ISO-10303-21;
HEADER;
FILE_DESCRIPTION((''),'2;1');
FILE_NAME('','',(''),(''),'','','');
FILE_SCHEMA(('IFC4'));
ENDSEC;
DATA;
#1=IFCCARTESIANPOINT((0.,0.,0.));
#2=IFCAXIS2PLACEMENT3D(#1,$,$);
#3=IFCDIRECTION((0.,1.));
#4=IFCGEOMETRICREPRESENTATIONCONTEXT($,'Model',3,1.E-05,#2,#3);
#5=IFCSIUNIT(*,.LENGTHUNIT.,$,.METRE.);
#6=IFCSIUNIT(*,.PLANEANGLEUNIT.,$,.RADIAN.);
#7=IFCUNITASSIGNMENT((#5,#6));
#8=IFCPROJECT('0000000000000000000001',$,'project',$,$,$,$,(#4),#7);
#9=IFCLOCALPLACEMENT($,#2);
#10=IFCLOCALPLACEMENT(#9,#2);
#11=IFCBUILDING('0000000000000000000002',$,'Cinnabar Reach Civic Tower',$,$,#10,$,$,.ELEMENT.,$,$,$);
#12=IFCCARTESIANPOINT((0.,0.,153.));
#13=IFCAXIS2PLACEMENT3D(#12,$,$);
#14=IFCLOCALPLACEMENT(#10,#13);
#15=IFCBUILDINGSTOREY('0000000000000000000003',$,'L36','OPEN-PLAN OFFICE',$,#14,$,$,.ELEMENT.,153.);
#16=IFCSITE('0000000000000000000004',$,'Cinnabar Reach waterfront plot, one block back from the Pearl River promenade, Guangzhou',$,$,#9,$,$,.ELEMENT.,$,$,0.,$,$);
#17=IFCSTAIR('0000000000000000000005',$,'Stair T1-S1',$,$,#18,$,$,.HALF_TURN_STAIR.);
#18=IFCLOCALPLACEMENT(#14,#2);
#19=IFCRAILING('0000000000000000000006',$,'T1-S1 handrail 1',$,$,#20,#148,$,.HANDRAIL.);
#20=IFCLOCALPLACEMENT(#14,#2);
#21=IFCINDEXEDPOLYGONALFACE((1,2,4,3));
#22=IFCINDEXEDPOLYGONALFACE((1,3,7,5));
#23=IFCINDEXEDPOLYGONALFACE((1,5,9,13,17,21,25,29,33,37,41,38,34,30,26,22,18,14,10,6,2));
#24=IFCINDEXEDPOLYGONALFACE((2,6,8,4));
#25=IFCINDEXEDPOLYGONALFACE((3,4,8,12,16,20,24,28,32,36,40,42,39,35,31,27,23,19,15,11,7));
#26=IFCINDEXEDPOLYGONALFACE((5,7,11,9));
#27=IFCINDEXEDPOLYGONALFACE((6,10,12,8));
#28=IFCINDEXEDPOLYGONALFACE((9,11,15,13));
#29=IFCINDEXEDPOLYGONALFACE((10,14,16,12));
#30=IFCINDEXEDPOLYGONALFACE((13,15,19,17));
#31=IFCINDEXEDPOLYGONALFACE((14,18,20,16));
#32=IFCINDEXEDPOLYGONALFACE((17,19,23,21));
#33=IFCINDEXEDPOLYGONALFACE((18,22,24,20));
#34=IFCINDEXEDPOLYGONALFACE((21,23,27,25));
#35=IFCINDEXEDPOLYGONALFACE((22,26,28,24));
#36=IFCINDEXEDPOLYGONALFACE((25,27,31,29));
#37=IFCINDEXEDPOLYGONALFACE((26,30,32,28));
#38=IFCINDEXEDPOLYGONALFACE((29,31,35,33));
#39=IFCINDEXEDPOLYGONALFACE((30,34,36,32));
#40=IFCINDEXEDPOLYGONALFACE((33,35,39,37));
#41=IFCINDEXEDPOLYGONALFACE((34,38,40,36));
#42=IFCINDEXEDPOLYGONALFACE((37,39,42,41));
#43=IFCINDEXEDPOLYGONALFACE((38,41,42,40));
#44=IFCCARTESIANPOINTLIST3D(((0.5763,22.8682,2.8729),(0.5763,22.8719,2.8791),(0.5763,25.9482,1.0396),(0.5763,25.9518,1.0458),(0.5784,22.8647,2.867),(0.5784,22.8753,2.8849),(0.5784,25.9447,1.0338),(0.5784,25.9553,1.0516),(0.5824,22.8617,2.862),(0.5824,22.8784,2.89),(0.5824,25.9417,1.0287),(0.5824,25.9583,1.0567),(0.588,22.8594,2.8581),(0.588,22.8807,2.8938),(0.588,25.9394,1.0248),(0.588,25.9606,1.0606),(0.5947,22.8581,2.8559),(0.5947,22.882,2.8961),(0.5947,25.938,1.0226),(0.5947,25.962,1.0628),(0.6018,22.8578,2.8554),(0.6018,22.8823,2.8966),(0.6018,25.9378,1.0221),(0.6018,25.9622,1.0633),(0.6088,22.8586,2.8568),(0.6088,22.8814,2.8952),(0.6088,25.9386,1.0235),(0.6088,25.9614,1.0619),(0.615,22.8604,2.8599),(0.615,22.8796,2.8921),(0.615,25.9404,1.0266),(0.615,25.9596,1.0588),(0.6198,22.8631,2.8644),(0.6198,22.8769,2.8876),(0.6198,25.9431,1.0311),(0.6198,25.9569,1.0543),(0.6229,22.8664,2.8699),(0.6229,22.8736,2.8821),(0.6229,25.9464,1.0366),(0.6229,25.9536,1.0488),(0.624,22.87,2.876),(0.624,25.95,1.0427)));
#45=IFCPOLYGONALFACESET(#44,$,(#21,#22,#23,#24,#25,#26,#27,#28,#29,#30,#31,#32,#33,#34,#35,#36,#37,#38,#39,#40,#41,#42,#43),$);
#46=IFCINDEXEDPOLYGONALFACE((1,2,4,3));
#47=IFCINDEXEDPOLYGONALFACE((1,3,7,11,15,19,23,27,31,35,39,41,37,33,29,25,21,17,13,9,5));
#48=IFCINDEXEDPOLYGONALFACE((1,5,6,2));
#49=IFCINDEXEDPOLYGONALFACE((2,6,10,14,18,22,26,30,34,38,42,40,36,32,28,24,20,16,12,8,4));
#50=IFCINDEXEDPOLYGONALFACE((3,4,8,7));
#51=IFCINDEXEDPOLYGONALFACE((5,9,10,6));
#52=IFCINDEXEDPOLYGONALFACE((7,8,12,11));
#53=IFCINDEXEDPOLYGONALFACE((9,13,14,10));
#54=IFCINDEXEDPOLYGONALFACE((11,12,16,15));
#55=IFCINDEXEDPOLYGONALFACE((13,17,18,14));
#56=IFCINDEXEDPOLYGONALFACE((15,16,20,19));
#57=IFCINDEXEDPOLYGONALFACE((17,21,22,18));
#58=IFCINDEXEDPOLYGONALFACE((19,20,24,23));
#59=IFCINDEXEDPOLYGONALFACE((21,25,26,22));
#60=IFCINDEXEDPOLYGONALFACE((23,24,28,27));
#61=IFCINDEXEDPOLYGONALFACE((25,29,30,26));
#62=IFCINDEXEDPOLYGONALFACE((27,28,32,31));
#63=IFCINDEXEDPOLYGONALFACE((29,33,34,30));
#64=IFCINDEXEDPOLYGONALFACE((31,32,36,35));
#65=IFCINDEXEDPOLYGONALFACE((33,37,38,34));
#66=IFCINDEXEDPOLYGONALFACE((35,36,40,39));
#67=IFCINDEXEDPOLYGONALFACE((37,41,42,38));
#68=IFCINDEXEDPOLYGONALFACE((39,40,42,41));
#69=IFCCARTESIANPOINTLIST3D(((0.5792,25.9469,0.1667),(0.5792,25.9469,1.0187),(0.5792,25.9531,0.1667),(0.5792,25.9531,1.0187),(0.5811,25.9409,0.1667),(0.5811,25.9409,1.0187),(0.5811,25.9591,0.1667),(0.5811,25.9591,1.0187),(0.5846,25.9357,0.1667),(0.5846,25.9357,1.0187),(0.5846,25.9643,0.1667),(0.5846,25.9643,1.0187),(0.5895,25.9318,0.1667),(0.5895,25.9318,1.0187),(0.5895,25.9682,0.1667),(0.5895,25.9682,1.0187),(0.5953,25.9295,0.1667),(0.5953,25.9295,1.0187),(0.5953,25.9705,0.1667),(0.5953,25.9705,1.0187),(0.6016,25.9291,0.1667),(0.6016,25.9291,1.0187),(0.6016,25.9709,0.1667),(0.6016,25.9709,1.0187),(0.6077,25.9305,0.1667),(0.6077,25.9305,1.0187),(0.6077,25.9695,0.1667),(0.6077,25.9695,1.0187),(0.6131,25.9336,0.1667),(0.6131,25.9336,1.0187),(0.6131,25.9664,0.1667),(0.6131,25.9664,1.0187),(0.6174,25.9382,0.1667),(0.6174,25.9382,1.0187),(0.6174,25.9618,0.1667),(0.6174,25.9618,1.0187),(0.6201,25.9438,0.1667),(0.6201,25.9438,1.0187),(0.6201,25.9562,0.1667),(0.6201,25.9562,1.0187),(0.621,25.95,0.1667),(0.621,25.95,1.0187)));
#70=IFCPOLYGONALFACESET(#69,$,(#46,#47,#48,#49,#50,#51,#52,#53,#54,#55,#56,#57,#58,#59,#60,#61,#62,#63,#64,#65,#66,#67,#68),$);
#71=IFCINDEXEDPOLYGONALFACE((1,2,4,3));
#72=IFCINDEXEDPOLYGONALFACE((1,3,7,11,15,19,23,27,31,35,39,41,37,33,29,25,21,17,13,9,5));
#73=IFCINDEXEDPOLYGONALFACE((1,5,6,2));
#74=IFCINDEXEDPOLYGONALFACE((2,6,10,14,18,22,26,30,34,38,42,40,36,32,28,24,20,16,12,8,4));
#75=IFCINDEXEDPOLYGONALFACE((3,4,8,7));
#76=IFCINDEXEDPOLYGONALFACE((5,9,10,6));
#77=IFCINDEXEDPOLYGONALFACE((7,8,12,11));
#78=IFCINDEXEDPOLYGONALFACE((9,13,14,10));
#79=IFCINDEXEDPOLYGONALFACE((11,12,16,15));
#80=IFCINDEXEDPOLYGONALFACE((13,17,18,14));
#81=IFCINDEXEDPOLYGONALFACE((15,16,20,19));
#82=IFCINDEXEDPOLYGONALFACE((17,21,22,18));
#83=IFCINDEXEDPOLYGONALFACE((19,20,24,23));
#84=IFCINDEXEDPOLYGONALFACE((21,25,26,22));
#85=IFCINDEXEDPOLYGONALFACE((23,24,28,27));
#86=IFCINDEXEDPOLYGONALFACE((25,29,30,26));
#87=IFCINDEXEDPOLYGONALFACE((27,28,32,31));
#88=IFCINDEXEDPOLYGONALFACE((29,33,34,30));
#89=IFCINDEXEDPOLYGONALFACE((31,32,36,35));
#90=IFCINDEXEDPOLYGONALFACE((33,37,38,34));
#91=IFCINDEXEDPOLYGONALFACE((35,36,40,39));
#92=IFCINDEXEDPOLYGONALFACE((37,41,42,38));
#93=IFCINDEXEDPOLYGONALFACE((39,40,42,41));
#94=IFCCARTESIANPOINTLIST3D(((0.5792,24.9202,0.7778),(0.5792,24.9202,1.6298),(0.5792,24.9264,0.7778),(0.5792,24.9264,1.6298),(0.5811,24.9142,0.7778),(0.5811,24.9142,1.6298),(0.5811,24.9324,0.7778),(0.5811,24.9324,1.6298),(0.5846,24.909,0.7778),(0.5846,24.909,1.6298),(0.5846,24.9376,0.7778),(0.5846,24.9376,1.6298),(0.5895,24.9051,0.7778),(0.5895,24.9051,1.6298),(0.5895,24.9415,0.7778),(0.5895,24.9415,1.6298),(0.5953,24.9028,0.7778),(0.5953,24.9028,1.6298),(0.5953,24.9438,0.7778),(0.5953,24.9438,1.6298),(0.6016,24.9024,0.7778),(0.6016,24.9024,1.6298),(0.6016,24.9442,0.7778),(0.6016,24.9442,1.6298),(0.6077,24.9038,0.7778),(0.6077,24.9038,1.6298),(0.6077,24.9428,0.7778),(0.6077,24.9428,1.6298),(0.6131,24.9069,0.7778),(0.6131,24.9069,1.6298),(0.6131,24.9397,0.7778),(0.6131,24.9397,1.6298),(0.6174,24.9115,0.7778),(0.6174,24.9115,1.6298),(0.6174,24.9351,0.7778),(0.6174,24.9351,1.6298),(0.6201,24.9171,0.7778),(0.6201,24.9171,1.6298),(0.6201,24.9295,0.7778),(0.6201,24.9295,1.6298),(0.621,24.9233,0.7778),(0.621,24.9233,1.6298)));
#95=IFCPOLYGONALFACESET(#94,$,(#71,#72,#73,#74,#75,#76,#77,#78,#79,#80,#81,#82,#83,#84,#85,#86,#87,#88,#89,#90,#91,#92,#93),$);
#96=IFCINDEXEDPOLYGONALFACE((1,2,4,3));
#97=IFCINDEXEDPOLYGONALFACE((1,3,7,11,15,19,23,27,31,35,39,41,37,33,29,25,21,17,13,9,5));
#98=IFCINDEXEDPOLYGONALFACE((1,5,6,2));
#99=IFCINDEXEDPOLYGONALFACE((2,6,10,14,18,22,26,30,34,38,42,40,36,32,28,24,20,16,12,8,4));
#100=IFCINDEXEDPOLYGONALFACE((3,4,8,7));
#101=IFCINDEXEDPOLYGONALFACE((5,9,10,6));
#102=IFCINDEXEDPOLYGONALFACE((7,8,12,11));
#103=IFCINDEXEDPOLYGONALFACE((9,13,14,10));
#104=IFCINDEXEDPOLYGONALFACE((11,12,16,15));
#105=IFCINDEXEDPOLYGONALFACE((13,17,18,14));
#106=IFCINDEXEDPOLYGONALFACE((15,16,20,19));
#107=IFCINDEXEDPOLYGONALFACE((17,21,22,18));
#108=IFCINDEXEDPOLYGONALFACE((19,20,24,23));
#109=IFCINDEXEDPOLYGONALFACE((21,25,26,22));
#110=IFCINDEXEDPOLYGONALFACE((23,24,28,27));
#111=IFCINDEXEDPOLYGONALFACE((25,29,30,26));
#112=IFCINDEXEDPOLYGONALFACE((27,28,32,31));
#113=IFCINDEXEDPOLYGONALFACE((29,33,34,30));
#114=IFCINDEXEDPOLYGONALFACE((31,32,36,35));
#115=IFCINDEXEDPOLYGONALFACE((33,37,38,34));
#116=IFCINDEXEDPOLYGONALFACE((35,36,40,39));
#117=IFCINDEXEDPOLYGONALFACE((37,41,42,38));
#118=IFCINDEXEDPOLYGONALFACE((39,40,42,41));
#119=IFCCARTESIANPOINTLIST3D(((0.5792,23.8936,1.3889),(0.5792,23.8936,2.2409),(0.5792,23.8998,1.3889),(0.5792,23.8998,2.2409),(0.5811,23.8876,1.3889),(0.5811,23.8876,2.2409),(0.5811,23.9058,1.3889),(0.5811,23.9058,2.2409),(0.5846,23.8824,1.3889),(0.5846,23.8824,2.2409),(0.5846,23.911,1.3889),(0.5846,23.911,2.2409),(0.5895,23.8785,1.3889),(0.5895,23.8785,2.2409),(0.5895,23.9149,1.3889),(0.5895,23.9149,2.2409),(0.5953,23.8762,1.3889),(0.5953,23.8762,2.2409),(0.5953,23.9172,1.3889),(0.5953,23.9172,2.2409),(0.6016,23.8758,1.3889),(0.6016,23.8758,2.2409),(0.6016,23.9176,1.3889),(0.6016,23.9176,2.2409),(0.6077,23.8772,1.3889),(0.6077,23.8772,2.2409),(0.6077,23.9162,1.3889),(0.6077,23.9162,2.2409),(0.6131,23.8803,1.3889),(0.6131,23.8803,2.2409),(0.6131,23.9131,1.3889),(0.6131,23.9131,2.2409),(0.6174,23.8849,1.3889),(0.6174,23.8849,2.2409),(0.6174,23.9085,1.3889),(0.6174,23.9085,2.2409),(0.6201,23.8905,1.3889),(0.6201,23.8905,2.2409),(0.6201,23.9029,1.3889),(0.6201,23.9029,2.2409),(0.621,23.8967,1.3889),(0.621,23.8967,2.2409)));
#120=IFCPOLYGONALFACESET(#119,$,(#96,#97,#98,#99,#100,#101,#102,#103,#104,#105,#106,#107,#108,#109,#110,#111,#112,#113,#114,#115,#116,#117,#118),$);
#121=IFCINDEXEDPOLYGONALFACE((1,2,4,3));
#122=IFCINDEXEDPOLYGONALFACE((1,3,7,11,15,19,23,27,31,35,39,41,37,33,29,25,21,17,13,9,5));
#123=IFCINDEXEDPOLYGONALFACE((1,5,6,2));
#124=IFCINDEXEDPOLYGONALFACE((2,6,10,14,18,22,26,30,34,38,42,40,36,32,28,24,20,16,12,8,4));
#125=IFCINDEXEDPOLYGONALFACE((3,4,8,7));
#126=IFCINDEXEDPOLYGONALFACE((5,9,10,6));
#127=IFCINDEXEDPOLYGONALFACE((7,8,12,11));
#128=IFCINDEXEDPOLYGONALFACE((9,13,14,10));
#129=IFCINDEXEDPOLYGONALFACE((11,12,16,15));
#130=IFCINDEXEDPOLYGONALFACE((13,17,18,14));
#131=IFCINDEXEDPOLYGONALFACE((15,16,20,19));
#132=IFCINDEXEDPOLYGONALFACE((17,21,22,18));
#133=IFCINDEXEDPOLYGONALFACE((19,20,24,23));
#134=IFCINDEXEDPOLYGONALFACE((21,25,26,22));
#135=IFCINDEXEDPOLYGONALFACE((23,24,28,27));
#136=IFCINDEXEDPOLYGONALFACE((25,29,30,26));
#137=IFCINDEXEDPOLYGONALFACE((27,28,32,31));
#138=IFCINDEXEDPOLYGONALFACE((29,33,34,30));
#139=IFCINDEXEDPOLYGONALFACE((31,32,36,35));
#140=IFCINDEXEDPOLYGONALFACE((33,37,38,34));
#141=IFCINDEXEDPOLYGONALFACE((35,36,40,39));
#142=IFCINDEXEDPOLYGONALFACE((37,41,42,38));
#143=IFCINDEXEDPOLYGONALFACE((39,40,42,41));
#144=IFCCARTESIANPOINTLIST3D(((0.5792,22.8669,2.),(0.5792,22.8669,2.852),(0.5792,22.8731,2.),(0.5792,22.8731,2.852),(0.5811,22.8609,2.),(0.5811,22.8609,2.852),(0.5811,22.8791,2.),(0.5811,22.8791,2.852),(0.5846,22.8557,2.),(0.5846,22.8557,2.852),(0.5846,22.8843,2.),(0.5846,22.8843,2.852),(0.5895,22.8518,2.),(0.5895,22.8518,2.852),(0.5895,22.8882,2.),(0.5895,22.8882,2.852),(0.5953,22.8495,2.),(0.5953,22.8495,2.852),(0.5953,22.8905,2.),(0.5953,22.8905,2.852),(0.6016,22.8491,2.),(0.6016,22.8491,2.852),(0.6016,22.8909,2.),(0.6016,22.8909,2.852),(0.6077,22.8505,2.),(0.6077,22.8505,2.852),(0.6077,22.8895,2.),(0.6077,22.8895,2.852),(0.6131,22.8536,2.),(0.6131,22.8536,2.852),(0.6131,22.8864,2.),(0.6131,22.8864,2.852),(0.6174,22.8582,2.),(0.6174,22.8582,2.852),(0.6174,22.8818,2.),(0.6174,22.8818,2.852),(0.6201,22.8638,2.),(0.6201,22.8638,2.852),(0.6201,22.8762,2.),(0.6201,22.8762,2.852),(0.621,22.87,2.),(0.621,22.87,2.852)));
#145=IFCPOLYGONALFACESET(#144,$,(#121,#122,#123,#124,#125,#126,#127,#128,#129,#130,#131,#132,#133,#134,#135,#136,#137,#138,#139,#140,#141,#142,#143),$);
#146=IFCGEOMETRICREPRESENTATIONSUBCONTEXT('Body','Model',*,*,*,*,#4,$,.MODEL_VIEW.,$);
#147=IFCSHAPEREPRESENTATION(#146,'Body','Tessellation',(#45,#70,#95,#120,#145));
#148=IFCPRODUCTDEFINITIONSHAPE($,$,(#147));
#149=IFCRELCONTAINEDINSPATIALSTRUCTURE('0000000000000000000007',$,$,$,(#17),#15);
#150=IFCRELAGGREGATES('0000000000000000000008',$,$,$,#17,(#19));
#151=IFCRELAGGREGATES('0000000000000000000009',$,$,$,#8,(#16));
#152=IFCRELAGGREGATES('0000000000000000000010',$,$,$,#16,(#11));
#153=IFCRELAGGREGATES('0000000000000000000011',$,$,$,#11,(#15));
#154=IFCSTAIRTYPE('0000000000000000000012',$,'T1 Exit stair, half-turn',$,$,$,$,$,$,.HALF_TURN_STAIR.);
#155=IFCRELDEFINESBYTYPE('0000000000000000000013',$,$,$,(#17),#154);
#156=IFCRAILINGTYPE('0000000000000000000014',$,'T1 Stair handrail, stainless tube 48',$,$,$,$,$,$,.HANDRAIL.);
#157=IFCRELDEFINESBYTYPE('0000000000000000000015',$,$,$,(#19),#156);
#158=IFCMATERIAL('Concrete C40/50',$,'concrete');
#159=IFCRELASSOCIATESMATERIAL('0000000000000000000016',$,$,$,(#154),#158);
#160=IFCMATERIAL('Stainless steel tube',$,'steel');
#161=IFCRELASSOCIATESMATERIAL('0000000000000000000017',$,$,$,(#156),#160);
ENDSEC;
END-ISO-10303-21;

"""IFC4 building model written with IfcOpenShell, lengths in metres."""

from ifc_helpers import new_model, si_unit, direction, frame, origin, origin_2d, place, context, subcontext, project, spatial, circle, extrude, material, type_object, element, aggregate, save


model = new_model("IFC4")

# Units and contexts
model_context = context("Model", 3, precision=1e-05, world=origin(), true_north=direction((0.0, 1.0)))
body_context = subcontext(model_context, "Body", "Model", "MODEL_VIEW")
ifc_project = project(units=[si_unit("LENGTHUNIT", "METRE"), si_unit("PLANEANGLEUNIT", "RADIAN")], contexts=[model_context])

# Site, building, storey
site_placement = place(None, origin())
site = spatial("IfcSite", under=ifc_project, at=site_placement, Name="Cinnabar Reach waterfront plot, one block back from the Pearl River promenade, Guangzhou", CompositionType="ELEMENT", RefElevation=0.0)
building_placement = place(site_placement, origin())
building = spatial("IfcBuilding", under=site, at=building_placement, Name="Cinnabar Reach Civic Tower", CompositionType="ELEMENT")
storey_placement = place(building_placement, frame((0.0, 0.0, 153.0)))
storey = spatial("IfcBuildingStorey", under=building, at=storey_placement, Name="L36", Description="OPEN-PLAN OFFICE", CompositionType="ELEMENT", Elevation=153.0)

# Shared definitions
ifc_material_1 = material(Name="Concrete C40/50", Category="concrete")

# Stair, railing
stair_type = type_object("IfcStairType", Name="T1 Exit stair, half-turn", PredefinedType="HALF_TURN_STAIR", material=ifc_material_1)
stair_placement = place(storey_placement, origin())
stair = element("IfcStair", 1, at=stair_placement, inside=storey, type_object=stair_type, Name="Stair T1-S1", PredefinedType="HALF_TURN_STAIR")
ifc_material_2 = material(Name="Stainless steel tube", Category="steel")
railing_type = type_object("IfcRailingType", Name="T1 Stair handrail, stainless tube 48", PredefinedType="HANDRAIL", material=ifc_material_2)
railing_1_placement = place(storey_placement, frame((0.6, 25.95, 0.1667)))
railing_1 = element("IfcRailing", 2, at=railing_1_placement, type_object=railing_type, Name="T1-S1 handrail 1", PredefinedType="HANDRAIL", context=body_context, shape_type="SweptSolid", body=[
    extrude(circle(Radius=0.024, at=origin_2d()), frame((0.0, 0.0, 0.876), z_axis=(0.0, -0.859297, 0.511477), x_axis=(1.0, 0.0, 0.0)), (0.0, 0.0, 1.0), 3.5843),
    extrude(circle(Radius=0.021, at=origin_2d()), origin(), (0.0, 0.0, 1.0), 0.852),
    extrude(circle(Radius=0.021, at=origin_2d()), frame((0.0, -1.0267, 0.6111)), (0.0, 0.0, 1.0), 0.852),
    extrude(circle(Radius=0.021, at=origin_2d()), frame((0.0, -2.0533, 1.2222)), (0.0, 0.0, 1.0), 0.852),
    extrude(circle(Radius=0.021, at=origin_2d()), frame((0.0, -3.08, 1.8333)), (0.0, 0.0, 1.0), 0.852),
])
aggregate(stair, [railing_1])

save(model, "model.ifc")
